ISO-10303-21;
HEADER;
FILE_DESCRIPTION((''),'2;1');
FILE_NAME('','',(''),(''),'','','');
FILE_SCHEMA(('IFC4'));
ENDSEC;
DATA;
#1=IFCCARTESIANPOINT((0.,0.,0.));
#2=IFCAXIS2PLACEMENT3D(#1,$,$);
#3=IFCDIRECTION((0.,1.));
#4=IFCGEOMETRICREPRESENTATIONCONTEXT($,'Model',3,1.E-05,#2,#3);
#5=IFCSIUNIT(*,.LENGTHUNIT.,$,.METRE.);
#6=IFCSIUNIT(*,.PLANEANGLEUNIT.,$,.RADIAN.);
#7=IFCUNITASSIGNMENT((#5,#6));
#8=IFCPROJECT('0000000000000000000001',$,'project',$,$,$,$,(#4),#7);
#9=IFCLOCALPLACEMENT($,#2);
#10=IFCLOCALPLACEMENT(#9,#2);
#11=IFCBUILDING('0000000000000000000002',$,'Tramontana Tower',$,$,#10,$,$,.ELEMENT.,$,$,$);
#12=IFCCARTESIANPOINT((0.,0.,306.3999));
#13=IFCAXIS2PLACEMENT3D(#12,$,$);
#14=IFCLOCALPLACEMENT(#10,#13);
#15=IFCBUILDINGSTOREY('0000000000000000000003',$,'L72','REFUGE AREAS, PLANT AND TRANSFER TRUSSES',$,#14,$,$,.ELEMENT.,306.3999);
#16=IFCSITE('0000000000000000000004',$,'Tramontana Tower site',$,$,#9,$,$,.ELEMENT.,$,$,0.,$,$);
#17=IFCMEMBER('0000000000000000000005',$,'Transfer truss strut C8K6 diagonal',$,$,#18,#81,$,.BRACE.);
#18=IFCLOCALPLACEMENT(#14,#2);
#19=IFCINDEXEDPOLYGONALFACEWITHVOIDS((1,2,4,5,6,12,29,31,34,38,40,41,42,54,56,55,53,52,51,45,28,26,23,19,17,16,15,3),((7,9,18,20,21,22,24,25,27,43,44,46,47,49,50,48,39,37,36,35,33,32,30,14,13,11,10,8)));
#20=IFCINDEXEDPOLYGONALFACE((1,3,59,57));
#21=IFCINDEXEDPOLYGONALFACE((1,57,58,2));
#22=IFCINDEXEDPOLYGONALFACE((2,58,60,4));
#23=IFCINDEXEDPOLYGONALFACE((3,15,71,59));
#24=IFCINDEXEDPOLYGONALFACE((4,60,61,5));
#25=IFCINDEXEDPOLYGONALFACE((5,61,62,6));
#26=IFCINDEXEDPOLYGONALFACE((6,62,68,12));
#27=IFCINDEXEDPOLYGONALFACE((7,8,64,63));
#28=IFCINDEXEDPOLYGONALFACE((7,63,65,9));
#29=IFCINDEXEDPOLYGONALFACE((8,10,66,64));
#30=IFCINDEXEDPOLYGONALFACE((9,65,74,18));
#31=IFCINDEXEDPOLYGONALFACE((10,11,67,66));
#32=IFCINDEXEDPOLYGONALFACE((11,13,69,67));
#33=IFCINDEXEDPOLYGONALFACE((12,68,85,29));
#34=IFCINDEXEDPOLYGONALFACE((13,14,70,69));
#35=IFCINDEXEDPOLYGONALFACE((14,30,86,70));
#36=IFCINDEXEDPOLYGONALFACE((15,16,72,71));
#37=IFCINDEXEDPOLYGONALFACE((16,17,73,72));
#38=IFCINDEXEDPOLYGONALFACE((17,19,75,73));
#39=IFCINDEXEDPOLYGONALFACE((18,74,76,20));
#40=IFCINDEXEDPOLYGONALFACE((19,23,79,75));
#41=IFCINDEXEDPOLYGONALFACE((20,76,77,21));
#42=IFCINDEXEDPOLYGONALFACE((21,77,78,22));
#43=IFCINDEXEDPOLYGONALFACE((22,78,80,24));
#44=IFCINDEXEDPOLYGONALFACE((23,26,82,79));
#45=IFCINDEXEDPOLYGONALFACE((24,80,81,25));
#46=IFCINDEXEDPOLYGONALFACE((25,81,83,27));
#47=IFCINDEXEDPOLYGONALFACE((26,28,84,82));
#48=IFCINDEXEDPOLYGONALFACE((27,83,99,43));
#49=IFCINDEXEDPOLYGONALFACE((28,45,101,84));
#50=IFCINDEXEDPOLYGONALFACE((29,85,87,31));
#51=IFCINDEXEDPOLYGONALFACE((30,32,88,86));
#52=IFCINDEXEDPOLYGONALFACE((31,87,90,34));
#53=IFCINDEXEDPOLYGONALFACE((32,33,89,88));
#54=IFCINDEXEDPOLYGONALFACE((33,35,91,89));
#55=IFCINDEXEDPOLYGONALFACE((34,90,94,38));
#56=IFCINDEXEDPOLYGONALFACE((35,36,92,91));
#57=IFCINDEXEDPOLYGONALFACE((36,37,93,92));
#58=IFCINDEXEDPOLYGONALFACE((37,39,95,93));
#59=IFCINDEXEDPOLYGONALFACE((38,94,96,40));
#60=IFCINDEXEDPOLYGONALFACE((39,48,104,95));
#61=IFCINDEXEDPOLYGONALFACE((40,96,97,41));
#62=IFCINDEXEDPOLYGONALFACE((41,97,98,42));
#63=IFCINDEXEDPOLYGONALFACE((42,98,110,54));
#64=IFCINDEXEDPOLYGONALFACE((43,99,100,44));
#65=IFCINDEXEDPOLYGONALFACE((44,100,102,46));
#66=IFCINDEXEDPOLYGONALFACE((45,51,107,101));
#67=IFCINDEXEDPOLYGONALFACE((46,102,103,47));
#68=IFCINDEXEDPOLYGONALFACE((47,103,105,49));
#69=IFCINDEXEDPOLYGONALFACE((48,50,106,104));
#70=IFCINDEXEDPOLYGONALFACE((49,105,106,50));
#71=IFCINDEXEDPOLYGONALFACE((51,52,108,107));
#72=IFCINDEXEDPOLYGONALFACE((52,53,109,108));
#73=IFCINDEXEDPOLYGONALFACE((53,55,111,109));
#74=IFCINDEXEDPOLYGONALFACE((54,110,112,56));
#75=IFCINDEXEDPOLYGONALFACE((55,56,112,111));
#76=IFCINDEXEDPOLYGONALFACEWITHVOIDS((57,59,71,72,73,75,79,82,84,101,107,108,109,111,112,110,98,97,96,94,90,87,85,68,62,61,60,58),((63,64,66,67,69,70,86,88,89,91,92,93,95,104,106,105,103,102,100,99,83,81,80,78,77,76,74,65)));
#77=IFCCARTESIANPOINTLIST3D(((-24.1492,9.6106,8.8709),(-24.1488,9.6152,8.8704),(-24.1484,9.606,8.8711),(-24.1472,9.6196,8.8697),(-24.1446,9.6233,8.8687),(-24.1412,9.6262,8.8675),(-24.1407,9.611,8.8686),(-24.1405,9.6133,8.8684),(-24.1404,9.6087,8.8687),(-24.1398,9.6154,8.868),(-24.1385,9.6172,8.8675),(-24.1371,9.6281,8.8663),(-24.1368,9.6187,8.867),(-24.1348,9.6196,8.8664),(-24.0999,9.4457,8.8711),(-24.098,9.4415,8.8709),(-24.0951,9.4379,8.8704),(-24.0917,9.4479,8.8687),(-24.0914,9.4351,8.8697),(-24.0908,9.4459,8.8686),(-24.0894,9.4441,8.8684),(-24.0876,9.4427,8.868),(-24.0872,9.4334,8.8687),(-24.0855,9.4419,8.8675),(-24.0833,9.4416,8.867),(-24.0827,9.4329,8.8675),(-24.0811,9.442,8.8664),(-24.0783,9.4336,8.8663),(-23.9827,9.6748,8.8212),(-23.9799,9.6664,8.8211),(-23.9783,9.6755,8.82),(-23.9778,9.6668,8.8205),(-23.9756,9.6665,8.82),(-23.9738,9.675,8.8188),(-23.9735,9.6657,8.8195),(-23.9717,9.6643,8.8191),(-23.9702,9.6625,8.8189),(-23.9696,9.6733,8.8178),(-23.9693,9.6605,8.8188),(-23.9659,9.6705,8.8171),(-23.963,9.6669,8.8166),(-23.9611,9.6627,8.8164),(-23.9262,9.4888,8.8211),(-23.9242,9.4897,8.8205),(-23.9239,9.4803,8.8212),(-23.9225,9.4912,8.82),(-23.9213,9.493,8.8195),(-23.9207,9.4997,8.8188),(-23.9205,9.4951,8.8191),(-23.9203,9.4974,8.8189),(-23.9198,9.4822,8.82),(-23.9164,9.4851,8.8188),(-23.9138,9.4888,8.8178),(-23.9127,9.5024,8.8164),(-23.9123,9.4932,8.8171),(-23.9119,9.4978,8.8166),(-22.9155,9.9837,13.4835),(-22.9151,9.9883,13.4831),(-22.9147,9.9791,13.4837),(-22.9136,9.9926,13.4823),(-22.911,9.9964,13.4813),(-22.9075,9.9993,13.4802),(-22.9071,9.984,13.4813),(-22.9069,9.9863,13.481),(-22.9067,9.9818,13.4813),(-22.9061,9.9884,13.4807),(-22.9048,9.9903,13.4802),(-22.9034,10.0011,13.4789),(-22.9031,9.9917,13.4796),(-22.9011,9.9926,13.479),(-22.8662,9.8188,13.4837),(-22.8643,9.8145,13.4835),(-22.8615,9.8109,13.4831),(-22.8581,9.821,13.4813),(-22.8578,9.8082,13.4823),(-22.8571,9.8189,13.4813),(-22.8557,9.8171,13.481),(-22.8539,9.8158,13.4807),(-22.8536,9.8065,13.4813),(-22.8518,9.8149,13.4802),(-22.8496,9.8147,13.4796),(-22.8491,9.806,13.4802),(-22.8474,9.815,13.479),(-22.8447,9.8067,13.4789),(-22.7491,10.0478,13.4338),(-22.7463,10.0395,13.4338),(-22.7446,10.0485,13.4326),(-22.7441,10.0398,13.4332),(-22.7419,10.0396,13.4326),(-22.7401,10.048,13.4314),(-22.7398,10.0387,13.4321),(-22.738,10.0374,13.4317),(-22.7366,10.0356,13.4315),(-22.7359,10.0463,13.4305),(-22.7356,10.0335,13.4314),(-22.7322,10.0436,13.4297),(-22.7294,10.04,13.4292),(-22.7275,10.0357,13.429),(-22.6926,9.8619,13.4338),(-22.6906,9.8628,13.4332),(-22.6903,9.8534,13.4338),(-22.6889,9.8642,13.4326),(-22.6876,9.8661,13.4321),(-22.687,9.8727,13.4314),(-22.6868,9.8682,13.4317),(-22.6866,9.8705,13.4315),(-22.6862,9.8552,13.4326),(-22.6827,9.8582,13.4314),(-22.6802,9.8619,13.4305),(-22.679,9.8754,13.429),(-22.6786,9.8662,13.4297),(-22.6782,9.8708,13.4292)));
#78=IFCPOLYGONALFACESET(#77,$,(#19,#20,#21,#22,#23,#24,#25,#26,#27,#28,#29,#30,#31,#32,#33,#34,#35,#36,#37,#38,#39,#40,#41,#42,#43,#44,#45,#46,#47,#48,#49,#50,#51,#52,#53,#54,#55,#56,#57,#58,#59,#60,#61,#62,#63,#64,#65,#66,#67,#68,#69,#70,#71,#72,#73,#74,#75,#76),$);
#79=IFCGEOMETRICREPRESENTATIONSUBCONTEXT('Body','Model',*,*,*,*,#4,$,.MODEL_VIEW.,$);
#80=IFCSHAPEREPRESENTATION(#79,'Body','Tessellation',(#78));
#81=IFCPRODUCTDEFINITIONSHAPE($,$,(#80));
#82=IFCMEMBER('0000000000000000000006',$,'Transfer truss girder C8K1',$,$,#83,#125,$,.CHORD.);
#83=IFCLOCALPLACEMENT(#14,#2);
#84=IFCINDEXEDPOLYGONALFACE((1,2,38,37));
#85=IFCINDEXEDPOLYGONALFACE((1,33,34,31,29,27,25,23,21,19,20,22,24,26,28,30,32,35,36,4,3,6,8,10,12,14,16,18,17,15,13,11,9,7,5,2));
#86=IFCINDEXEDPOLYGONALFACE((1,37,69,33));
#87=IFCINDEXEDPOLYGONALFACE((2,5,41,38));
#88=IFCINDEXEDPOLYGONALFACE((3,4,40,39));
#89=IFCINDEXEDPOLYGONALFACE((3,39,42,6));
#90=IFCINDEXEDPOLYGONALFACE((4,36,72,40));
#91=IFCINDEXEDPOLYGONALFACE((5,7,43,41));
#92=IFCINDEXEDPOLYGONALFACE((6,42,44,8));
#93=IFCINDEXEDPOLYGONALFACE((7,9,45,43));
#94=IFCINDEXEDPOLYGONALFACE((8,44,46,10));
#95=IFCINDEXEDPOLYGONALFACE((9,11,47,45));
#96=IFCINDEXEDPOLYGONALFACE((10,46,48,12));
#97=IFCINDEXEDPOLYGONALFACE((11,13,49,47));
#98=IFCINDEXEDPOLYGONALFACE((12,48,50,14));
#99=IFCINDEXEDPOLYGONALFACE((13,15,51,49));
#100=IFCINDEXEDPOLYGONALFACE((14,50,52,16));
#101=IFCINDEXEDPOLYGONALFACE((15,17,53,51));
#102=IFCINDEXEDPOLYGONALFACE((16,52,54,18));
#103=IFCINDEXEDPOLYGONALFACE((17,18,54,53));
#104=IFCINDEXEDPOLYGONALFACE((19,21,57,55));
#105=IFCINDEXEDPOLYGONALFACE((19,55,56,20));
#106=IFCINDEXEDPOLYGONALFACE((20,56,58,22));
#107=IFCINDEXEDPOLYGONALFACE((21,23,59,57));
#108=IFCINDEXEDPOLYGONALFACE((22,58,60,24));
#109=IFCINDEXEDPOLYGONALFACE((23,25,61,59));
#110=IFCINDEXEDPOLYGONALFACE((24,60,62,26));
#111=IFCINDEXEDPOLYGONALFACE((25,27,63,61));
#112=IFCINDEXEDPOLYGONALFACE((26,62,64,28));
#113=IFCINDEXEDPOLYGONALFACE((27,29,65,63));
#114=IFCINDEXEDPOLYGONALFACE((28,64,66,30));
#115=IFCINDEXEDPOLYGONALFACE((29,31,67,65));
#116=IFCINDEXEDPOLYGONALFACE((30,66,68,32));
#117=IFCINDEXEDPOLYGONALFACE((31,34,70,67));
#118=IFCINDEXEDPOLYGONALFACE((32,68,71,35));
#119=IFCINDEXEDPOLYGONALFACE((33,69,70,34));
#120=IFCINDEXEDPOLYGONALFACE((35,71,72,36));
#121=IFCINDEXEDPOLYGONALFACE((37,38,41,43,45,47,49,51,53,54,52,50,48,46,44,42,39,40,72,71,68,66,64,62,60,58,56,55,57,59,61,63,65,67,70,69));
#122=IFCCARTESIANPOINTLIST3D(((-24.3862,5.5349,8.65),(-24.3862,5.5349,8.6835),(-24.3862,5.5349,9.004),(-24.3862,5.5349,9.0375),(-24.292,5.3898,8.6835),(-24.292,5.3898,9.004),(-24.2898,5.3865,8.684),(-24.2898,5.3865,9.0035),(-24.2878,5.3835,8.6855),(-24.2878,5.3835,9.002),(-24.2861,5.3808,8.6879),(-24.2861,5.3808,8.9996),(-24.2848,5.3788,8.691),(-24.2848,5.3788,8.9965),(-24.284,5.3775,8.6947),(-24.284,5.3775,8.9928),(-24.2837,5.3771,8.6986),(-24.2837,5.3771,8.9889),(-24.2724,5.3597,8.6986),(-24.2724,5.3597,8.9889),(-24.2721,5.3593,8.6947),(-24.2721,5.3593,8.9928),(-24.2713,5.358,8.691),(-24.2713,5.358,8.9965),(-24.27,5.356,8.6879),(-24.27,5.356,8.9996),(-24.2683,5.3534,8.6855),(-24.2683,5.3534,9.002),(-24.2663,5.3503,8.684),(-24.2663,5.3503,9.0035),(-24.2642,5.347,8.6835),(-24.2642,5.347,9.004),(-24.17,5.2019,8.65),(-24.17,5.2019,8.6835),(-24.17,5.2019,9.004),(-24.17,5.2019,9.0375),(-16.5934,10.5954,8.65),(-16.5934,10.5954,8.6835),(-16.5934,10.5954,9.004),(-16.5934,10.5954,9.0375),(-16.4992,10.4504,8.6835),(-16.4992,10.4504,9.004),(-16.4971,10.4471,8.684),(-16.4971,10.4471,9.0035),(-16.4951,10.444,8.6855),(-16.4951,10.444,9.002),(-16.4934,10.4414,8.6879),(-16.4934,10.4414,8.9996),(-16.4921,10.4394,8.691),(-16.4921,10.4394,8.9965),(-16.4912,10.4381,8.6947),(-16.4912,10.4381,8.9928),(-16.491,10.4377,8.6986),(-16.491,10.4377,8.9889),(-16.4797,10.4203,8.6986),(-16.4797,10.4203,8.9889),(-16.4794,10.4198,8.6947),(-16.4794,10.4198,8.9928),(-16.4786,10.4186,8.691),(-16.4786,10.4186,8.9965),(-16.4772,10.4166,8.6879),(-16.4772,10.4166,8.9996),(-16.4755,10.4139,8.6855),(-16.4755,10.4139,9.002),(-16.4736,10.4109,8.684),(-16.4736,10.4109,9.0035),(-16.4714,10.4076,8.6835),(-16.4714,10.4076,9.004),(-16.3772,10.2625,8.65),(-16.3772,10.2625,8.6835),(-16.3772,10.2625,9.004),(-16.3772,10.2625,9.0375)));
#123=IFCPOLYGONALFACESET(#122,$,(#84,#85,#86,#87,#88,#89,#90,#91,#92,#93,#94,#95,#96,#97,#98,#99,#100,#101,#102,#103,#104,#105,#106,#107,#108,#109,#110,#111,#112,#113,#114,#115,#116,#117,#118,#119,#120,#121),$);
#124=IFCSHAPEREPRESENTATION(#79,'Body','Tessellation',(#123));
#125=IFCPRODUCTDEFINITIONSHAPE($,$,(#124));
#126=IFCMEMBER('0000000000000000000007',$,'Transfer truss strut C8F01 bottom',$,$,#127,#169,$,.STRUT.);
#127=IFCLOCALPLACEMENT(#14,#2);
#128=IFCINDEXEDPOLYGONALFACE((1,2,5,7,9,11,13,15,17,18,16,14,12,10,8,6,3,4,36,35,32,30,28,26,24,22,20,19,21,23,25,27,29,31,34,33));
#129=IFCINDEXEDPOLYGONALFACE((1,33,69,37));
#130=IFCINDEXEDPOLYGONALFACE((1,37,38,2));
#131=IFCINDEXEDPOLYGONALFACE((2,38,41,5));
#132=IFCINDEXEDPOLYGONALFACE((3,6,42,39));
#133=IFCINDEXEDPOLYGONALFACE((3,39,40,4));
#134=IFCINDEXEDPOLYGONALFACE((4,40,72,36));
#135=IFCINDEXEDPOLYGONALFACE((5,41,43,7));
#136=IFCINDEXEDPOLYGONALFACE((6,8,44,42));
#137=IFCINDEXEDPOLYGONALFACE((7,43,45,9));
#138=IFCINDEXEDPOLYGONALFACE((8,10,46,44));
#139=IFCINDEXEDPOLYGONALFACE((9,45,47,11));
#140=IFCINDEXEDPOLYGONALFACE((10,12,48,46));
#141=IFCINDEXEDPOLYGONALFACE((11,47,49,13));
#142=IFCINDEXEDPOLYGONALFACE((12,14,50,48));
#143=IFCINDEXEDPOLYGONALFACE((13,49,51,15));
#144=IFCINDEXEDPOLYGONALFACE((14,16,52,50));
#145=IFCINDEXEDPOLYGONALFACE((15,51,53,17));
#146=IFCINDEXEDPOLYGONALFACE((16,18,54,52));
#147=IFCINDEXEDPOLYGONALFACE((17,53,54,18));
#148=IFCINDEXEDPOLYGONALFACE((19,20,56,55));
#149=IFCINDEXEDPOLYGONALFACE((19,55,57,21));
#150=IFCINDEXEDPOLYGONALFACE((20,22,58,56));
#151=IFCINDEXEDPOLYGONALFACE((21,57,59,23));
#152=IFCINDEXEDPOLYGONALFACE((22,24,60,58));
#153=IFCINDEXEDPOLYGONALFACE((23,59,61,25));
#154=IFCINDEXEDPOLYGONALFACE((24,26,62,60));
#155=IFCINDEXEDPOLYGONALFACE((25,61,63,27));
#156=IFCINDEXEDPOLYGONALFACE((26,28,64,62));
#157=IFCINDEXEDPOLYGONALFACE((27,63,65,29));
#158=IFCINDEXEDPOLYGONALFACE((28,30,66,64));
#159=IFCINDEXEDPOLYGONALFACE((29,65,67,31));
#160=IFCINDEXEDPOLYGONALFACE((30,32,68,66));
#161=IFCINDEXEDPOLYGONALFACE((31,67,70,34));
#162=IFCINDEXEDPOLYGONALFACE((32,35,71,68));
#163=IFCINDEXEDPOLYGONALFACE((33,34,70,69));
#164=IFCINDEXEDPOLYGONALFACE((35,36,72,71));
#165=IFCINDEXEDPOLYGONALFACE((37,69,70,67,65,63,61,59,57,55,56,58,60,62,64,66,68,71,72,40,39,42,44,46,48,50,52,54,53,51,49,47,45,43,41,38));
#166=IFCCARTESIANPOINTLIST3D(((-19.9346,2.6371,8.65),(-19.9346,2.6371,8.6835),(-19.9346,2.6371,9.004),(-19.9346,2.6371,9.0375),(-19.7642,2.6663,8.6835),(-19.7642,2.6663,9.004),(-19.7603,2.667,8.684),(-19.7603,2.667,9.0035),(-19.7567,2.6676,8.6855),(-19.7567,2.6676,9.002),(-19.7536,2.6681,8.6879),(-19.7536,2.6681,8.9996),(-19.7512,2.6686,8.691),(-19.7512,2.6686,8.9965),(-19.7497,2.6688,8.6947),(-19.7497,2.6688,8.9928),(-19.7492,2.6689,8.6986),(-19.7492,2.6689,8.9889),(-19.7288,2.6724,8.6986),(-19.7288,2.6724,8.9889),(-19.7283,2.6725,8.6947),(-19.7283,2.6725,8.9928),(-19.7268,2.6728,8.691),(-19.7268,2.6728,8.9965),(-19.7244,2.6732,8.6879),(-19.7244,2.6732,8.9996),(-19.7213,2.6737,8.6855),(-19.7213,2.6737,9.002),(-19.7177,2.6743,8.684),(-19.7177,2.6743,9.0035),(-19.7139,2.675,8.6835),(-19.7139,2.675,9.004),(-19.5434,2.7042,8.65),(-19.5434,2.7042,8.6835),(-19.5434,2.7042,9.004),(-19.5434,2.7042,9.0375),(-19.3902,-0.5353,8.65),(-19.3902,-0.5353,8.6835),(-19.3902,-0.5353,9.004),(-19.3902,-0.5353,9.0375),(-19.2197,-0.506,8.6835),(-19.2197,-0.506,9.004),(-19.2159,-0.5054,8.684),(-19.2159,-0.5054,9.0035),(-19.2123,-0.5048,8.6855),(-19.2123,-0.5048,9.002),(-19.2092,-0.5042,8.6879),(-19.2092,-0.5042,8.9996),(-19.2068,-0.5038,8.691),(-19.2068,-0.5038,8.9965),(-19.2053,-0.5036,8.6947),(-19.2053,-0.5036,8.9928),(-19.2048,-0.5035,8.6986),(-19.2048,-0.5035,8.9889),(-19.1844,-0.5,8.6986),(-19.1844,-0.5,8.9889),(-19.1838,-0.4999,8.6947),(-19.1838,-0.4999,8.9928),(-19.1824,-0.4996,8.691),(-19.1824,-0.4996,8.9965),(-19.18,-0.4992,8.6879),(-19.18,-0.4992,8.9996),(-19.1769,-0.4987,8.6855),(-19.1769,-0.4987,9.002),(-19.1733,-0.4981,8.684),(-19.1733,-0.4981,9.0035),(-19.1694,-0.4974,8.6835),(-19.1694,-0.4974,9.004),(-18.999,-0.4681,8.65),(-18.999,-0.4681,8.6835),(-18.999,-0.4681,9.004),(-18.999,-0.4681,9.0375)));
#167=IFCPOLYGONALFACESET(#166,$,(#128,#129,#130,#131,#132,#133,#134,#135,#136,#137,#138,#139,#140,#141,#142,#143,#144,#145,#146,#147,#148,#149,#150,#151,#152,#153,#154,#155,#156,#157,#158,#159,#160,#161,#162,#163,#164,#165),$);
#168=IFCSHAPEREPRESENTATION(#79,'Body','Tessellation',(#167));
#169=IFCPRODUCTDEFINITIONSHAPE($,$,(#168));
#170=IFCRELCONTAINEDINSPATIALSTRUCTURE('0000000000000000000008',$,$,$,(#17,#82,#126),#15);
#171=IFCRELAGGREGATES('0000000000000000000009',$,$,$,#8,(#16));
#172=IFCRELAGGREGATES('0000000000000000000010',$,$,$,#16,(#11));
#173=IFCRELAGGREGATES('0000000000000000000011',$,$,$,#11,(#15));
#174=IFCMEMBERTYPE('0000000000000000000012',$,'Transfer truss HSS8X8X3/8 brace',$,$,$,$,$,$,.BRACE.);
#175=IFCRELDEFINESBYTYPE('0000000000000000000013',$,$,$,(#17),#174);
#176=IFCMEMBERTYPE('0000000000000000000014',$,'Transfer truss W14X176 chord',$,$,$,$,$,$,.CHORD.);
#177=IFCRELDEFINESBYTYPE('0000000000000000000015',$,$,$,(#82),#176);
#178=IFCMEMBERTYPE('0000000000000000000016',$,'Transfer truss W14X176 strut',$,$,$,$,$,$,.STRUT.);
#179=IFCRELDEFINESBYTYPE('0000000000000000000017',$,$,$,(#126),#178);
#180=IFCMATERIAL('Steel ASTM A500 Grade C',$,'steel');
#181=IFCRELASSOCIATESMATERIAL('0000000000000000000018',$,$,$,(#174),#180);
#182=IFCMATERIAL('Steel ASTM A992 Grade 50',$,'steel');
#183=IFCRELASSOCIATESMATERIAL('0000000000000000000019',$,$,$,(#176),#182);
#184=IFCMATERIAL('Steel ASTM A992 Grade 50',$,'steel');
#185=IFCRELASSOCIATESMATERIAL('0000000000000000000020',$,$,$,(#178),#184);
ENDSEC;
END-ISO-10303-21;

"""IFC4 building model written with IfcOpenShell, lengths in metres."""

from ifc_helpers import new_model, si_unit, direction, frame, origin, origin_2d, place, context, subcontext, project, spatial, hollow_rectangle, i_section, extrude, material, material_profile, profile_set, type_object, element, save


model = new_model("IFC4")

# Units and contexts
model_context = context("Model", 3, precision=1e-05, world=origin(), true_north=direction((0.0, 1.0)))
body_context = subcontext(model_context, "Body", "Model", "MODEL_VIEW")
ifc_project = project(units=[si_unit("LENGTHUNIT", "METRE"), si_unit("PLANEANGLEUNIT", "RADIAN")], contexts=[model_context])

# Site, building, storey
site_placement = place(None, origin())
site = spatial("IfcSite", under=ifc_project, at=site_placement, Name="Tramontana Tower site", CompositionType="ELEMENT", RefElevation=0.0)
building_placement = place(site_placement, origin())
building = spatial("IfcBuilding", under=site, at=building_placement, Name="Tramontana Tower", CompositionType="ELEMENT")
storey_placement = place(building_placement, frame((0.0, 0.0, 306.3999)))
storey = spatial("IfcBuildingStorey", under=building, at=storey_placement, Name="L72", Description="REFUGE AREAS, PLANT AND TRANSFER TRUSSES", CompositionType="ELEMENT", Elevation=306.3999)

# Members
ifc_material_1 = material(Name="Steel ASTM A500 Grade C", Category="steel")
ifc_material_profile_1 = material_profile(ifc_material_1, hollow_rectangle(XDim=0.2031, YDim=0.2031, WallThickness=0.0088, InnerFilletRadius=0.0088, OuterFilletRadius=0.0178, at=origin_2d()), Name="HSS8X8X3/8")
ifc_profile_set_1 = profile_set([ifc_material_profile_1], Name="Steel ASTM A500 Grade C")
member_type_1 = type_object("IfcMemberType", Name="Transfer truss HSS8X8X3/8 brace", PredefinedType="BRACE", material=ifc_profile_set_1)
member_1_placement = place(storey_placement, frame((-24.0305, 9.5542, 8.8438), z_axis=(0.257587, 0.077893, 0.96311), x_axis=(-0.28945, 0.957193, 0.0)))
element("IfcMember", 1, at=member_1_placement, inside=storey, type_object=member_type_1, Name="Transfer truss strut C8K6 diagonal", PredefinedType="BRACE", context=body_context, shape_type="SweptSolid", body=[
    extrude(hollow_rectangle(XDim=0.2031, YDim=0.2031, WallThickness=0.0088, InnerFilletRadius=0.0088, OuterFilletRadius=0.0178, at=origin_2d()), origin(), (0.0, 0.0, 1.0), 4.7893),
])
ifc_material_2 = material(Name="Steel ASTM A992 Grade 50", Category="steel")
ifc_material_profile_2 = material_profile(ifc_material_2, i_section(OverallWidth=0.397, OverallDepth=0.3875, WebThickness=0.0208, FlangeThickness=0.0334, FilletRadius=0.0151, at=origin_2d()), Name="W14X176")
ifc_profile_set_2 = profile_set([ifc_material_profile_2], Name="Steel ASTM A992 Grade 50")
member_type_2 = type_object("IfcMemberType", Name="Transfer truss W14X176 chord", PredefinedType="CHORD", material=ifc_profile_set_2)
member_2_placement = place(storey_placement, frame((-24.2781, 5.3684, 8.8438), z_axis=(0.838676, 0.544631, 0.0), x_axis=(-0.544631, 0.838676, 0.0)))
element("IfcMember", 2, at=member_2_placement, inside=storey, type_object=member_type_2, Name="Transfer truss girder C8K1", PredefinedType="CHORD", context=body_context, shape_type="SweptSolid", body=[
    extrude(i_section(OverallWidth=0.397, OverallDepth=0.3875, WebThickness=0.0208, FlangeThickness=0.0334, FilletRadius=0.0151, at=origin_2d()), origin(), (0.0, 0.0, 1.0), 9.2917),
])
ifc_material_3 = material(Name="Steel ASTM A992 Grade 50", Category="steel")
ifc_material_profile_3 = material_profile(ifc_material_3, i_section(OverallWidth=0.397, OverallDepth=0.3875, WebThickness=0.0208, FlangeThickness=0.0334, FilletRadius=0.0151, at=origin_2d()), Name="W14X176")
ifc_profile_set_3 = profile_set([ifc_material_profile_3], Name="Steel ASTM A992 Grade 50")
member_type_3 = type_object("IfcMemberType", Name="Transfer truss W14X176 strut", PredefinedType="STRUT", material=ifc_profile_set_3)
member_3_placement = place(storey_placement, frame((-19.739, 2.6707, 8.8438), z_axis=(0.169145, -0.985591, 0.0), x_axis=(0.985591, 0.169145, 0.0)))
element("IfcMember", 3, at=member_3_placement, inside=storey, type_object=member_type_3, Name="Transfer truss strut C8F01 bottom", PredefinedType="STRUT", context=body_context, shape_type="SweptSolid", body=[
    extrude(i_section(OverallWidth=0.397, OverallDepth=0.3875, WebThickness=0.0208, FlangeThickness=0.0334, FilletRadius=0.0151, at=origin_2d()), origin(), (0.0, 0.0, 1.0), 3.2188),
])

save(model, "model.ifc")
